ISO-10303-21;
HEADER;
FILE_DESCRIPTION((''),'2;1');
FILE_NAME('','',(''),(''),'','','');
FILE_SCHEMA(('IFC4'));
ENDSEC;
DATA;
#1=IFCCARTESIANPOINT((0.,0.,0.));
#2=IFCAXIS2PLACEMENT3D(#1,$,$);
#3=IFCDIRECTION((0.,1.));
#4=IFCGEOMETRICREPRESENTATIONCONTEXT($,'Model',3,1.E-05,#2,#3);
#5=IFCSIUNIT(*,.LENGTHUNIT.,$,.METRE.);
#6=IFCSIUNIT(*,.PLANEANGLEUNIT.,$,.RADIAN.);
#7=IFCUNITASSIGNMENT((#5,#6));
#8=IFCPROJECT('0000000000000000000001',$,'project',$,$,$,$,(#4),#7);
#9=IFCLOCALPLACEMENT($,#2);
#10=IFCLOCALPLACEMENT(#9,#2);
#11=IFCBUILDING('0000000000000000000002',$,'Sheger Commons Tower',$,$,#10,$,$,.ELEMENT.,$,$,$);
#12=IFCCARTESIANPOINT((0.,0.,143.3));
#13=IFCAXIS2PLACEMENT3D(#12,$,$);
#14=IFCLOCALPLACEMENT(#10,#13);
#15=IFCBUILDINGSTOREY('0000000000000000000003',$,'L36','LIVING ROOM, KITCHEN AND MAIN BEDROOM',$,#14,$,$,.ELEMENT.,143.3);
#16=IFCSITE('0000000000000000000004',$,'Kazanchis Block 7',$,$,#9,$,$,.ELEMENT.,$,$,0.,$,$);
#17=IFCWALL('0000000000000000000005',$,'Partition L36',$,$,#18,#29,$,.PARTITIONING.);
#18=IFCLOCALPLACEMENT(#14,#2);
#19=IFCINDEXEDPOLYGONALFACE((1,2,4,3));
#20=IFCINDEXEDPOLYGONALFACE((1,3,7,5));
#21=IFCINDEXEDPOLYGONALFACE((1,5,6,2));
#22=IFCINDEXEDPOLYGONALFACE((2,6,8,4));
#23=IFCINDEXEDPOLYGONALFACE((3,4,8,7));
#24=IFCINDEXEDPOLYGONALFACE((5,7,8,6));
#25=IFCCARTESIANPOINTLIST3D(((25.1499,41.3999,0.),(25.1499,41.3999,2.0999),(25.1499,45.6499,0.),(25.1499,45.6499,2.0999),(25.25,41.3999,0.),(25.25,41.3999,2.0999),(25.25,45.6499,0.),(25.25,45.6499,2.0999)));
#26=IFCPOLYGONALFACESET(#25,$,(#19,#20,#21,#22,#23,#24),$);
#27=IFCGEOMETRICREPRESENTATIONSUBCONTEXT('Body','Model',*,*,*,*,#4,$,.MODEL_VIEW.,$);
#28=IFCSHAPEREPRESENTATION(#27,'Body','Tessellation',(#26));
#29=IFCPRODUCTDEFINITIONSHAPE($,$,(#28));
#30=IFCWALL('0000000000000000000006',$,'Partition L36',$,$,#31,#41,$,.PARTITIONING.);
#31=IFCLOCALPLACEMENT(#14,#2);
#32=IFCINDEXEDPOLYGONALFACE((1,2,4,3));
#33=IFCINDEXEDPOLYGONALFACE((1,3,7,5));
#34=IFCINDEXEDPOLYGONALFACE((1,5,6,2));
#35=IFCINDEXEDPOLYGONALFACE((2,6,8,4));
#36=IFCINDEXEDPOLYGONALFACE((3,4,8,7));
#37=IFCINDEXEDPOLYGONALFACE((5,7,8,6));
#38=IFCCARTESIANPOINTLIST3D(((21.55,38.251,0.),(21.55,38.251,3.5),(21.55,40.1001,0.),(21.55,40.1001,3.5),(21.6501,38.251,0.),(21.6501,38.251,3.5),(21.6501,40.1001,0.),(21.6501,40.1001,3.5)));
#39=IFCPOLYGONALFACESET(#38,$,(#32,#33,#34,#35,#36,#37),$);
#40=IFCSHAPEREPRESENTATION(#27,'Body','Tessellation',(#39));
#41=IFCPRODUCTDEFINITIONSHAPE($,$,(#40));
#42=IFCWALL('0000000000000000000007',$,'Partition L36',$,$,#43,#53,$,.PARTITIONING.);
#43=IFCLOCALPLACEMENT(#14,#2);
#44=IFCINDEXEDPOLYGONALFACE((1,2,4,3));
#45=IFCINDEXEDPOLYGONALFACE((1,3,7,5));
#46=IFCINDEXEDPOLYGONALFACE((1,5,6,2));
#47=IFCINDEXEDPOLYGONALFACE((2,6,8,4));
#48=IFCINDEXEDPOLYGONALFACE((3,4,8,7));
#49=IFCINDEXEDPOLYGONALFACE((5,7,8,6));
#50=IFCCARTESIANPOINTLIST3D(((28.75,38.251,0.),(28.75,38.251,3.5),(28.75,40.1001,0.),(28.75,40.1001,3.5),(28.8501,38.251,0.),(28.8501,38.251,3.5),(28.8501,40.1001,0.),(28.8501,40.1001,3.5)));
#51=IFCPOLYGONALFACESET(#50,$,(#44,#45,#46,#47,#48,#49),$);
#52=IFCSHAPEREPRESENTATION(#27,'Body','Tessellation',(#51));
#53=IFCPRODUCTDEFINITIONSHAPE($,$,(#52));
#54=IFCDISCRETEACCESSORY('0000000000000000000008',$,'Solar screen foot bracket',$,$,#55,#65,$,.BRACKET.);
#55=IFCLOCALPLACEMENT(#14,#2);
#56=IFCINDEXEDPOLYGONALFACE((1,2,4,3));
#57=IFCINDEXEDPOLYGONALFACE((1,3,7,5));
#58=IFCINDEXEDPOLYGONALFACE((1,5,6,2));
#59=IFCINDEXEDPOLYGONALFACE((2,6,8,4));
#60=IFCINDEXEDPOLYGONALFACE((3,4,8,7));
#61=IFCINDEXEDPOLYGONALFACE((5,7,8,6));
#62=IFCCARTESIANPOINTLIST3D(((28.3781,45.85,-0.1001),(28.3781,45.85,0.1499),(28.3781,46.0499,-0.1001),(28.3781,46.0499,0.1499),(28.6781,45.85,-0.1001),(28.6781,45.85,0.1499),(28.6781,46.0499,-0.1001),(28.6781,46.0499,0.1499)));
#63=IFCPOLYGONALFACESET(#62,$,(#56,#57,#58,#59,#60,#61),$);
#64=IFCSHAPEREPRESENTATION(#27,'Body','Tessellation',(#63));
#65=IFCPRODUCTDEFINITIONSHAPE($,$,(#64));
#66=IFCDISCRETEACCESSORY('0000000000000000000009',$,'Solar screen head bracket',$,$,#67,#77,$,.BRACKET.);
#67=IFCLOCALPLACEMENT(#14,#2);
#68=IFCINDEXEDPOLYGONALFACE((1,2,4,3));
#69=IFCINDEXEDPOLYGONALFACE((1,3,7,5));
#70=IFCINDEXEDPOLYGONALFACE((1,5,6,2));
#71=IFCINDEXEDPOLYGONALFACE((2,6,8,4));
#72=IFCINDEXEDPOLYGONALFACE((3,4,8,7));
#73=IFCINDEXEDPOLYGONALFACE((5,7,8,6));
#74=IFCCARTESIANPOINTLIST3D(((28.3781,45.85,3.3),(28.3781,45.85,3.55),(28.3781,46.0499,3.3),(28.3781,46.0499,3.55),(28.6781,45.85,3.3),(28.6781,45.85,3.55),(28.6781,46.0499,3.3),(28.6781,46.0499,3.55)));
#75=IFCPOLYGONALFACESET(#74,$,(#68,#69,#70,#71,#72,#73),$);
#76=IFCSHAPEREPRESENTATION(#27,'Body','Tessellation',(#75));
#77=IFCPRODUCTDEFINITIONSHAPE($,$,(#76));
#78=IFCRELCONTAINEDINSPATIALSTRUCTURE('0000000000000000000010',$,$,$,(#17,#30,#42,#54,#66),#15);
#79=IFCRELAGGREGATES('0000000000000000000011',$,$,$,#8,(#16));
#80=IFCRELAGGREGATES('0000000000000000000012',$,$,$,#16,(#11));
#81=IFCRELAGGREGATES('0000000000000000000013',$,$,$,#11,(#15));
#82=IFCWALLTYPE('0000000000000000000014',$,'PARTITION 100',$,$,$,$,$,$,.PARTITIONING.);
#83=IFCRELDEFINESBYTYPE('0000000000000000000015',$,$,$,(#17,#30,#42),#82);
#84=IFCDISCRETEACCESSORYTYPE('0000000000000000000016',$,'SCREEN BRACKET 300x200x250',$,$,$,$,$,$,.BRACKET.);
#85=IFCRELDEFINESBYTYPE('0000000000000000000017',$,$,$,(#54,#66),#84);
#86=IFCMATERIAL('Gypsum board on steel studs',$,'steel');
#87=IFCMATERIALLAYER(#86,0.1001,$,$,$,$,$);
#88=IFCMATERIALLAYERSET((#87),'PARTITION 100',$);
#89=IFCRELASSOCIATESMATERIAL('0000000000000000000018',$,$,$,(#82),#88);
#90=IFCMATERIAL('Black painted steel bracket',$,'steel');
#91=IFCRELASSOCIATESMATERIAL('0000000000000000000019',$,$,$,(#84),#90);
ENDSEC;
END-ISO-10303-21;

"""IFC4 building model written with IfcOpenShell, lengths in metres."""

from ifc_helpers import new_model, si_unit, direction, frame, frame_2d, origin, origin_2d, place, context, subcontext, project, spatial, rectangle, extrude, material, layer, layer_set, type_object, element, save


model = new_model("IFC4")

# Units and contexts
model_context = context("Model", 3, precision=1e-05, world=origin(), true_north=direction((0.0, 1.0)))
body_context = subcontext(model_context, "Body", "Model", "MODEL_VIEW")
ifc_project = project(units=[si_unit("LENGTHUNIT", "METRE"), si_unit("PLANEANGLEUNIT", "RADIAN")], contexts=[model_context])

# Site, building, storey
site_placement = place(None, origin())
site = spatial("IfcSite", under=ifc_project, at=site_placement, Name="Kazanchis Block 7", CompositionType="ELEMENT", RefElevation=0.0)
building_placement = place(site_placement, origin())
building = spatial("IfcBuilding", under=site, at=building_placement, Name="Sheger Commons Tower", CompositionType="ELEMENT")
storey_placement = place(building_placement, frame((0.0, 0.0, 143.3)))
storey = spatial("IfcBuildingStorey", under=building, at=storey_placement, Name="L36", Description="LIVING ROOM, KITCHEN AND MAIN BEDROOM", CompositionType="ELEMENT", Elevation=143.3)

# Shared definitions
ifc_material_1 = material(Name="Gypsum board on steel studs", Category="steel")
ifc_layer_1 = layer(ifc_material_1, 0.1001)
ifc_layer_set_1 = layer_set([ifc_layer_1], Name="PARTITION 100")
wall_type = type_object("IfcWallType", Name="PARTITION 100", PredefinedType="PARTITIONING", material=ifc_layer_set_1)

# Walls
wall_1_placement = place(storey_placement, frame((25.2, 41.3999, 0.0), z_axis=(0.0, 0.0, 1.0), x_axis=(0.0, 1.0, 0.0)))
element("IfcWall", 1, at=wall_1_placement, inside=storey, type_object=wall_type, Name="Partition L36", PredefinedType="PARTITIONING", context=body_context, shape_type="SweptSolid", body=[
    extrude(rectangle(XDim=4.25, YDim=0.1001, at=frame_2d((2.125, 0.0))), origin(), (0.0, 0.0, 1.0), 2.0999),
])
for number, where, z_axis, x_axis, name in (
    (2, (21.6001, 38.251, 0.0), (0.0, 0.0, 1.0), (0.0, 1.0, 0.0), "Partition L36"),
    (3, (28.8, 38.251, 0.0), (0.0, 0.0, 1.0), (0.0, 1.0, 0.0), "Partition L36"),
):
    element("IfcWall", number, at=place(storey_placement, frame(where, z_axis=z_axis, x_axis=x_axis)), inside=storey, type_object=wall_type, Name=name, PredefinedType="PARTITIONING", context=body_context, shape_type="SweptSolid", body=[
        extrude(rectangle(XDim=1.8491, YDim=0.1001, at=frame_2d((0.9246, 0.0))), origin(), (0.0, 0.0, 1.0), 3.5),
    ])

# Discrete accessories
ifc_material_2 = material(Name="Black painted steel bracket", Category="steel")
discrete_accessory_type = type_object("IfcDiscreteAccessoryType", Name="SCREEN BRACKET 300x200x250", PredefinedType="BRACKET", material=ifc_material_2)
for number, where, z_axis, x_axis, name in (
    (4, (28.5281, 45.95, -0.1001), (0.0, 0.0, 1.0), (-1.0, 0.0, 0.0), "Solar screen foot bracket"),
    (5, (28.5281, 45.95, 3.3), (0.0, 0.0, 1.0), (-1.0, 0.0, 0.0), "Solar screen head bracket"),
):
    element("IfcDiscreteAccessory", number, at=place(storey_placement, frame(where, z_axis=z_axis, x_axis=x_axis)), inside=storey, type_object=discrete_accessory_type, Name=name, PredefinedType="BRACKET", context=body_context, shape_type="SweptSolid", body=[
        extrude(rectangle(XDim=0.3, YDim=0.2, at=origin_2d()), origin(), (0.0, 0.0, 1.0), 0.25),
    ])

save(model, "model.ifc")
